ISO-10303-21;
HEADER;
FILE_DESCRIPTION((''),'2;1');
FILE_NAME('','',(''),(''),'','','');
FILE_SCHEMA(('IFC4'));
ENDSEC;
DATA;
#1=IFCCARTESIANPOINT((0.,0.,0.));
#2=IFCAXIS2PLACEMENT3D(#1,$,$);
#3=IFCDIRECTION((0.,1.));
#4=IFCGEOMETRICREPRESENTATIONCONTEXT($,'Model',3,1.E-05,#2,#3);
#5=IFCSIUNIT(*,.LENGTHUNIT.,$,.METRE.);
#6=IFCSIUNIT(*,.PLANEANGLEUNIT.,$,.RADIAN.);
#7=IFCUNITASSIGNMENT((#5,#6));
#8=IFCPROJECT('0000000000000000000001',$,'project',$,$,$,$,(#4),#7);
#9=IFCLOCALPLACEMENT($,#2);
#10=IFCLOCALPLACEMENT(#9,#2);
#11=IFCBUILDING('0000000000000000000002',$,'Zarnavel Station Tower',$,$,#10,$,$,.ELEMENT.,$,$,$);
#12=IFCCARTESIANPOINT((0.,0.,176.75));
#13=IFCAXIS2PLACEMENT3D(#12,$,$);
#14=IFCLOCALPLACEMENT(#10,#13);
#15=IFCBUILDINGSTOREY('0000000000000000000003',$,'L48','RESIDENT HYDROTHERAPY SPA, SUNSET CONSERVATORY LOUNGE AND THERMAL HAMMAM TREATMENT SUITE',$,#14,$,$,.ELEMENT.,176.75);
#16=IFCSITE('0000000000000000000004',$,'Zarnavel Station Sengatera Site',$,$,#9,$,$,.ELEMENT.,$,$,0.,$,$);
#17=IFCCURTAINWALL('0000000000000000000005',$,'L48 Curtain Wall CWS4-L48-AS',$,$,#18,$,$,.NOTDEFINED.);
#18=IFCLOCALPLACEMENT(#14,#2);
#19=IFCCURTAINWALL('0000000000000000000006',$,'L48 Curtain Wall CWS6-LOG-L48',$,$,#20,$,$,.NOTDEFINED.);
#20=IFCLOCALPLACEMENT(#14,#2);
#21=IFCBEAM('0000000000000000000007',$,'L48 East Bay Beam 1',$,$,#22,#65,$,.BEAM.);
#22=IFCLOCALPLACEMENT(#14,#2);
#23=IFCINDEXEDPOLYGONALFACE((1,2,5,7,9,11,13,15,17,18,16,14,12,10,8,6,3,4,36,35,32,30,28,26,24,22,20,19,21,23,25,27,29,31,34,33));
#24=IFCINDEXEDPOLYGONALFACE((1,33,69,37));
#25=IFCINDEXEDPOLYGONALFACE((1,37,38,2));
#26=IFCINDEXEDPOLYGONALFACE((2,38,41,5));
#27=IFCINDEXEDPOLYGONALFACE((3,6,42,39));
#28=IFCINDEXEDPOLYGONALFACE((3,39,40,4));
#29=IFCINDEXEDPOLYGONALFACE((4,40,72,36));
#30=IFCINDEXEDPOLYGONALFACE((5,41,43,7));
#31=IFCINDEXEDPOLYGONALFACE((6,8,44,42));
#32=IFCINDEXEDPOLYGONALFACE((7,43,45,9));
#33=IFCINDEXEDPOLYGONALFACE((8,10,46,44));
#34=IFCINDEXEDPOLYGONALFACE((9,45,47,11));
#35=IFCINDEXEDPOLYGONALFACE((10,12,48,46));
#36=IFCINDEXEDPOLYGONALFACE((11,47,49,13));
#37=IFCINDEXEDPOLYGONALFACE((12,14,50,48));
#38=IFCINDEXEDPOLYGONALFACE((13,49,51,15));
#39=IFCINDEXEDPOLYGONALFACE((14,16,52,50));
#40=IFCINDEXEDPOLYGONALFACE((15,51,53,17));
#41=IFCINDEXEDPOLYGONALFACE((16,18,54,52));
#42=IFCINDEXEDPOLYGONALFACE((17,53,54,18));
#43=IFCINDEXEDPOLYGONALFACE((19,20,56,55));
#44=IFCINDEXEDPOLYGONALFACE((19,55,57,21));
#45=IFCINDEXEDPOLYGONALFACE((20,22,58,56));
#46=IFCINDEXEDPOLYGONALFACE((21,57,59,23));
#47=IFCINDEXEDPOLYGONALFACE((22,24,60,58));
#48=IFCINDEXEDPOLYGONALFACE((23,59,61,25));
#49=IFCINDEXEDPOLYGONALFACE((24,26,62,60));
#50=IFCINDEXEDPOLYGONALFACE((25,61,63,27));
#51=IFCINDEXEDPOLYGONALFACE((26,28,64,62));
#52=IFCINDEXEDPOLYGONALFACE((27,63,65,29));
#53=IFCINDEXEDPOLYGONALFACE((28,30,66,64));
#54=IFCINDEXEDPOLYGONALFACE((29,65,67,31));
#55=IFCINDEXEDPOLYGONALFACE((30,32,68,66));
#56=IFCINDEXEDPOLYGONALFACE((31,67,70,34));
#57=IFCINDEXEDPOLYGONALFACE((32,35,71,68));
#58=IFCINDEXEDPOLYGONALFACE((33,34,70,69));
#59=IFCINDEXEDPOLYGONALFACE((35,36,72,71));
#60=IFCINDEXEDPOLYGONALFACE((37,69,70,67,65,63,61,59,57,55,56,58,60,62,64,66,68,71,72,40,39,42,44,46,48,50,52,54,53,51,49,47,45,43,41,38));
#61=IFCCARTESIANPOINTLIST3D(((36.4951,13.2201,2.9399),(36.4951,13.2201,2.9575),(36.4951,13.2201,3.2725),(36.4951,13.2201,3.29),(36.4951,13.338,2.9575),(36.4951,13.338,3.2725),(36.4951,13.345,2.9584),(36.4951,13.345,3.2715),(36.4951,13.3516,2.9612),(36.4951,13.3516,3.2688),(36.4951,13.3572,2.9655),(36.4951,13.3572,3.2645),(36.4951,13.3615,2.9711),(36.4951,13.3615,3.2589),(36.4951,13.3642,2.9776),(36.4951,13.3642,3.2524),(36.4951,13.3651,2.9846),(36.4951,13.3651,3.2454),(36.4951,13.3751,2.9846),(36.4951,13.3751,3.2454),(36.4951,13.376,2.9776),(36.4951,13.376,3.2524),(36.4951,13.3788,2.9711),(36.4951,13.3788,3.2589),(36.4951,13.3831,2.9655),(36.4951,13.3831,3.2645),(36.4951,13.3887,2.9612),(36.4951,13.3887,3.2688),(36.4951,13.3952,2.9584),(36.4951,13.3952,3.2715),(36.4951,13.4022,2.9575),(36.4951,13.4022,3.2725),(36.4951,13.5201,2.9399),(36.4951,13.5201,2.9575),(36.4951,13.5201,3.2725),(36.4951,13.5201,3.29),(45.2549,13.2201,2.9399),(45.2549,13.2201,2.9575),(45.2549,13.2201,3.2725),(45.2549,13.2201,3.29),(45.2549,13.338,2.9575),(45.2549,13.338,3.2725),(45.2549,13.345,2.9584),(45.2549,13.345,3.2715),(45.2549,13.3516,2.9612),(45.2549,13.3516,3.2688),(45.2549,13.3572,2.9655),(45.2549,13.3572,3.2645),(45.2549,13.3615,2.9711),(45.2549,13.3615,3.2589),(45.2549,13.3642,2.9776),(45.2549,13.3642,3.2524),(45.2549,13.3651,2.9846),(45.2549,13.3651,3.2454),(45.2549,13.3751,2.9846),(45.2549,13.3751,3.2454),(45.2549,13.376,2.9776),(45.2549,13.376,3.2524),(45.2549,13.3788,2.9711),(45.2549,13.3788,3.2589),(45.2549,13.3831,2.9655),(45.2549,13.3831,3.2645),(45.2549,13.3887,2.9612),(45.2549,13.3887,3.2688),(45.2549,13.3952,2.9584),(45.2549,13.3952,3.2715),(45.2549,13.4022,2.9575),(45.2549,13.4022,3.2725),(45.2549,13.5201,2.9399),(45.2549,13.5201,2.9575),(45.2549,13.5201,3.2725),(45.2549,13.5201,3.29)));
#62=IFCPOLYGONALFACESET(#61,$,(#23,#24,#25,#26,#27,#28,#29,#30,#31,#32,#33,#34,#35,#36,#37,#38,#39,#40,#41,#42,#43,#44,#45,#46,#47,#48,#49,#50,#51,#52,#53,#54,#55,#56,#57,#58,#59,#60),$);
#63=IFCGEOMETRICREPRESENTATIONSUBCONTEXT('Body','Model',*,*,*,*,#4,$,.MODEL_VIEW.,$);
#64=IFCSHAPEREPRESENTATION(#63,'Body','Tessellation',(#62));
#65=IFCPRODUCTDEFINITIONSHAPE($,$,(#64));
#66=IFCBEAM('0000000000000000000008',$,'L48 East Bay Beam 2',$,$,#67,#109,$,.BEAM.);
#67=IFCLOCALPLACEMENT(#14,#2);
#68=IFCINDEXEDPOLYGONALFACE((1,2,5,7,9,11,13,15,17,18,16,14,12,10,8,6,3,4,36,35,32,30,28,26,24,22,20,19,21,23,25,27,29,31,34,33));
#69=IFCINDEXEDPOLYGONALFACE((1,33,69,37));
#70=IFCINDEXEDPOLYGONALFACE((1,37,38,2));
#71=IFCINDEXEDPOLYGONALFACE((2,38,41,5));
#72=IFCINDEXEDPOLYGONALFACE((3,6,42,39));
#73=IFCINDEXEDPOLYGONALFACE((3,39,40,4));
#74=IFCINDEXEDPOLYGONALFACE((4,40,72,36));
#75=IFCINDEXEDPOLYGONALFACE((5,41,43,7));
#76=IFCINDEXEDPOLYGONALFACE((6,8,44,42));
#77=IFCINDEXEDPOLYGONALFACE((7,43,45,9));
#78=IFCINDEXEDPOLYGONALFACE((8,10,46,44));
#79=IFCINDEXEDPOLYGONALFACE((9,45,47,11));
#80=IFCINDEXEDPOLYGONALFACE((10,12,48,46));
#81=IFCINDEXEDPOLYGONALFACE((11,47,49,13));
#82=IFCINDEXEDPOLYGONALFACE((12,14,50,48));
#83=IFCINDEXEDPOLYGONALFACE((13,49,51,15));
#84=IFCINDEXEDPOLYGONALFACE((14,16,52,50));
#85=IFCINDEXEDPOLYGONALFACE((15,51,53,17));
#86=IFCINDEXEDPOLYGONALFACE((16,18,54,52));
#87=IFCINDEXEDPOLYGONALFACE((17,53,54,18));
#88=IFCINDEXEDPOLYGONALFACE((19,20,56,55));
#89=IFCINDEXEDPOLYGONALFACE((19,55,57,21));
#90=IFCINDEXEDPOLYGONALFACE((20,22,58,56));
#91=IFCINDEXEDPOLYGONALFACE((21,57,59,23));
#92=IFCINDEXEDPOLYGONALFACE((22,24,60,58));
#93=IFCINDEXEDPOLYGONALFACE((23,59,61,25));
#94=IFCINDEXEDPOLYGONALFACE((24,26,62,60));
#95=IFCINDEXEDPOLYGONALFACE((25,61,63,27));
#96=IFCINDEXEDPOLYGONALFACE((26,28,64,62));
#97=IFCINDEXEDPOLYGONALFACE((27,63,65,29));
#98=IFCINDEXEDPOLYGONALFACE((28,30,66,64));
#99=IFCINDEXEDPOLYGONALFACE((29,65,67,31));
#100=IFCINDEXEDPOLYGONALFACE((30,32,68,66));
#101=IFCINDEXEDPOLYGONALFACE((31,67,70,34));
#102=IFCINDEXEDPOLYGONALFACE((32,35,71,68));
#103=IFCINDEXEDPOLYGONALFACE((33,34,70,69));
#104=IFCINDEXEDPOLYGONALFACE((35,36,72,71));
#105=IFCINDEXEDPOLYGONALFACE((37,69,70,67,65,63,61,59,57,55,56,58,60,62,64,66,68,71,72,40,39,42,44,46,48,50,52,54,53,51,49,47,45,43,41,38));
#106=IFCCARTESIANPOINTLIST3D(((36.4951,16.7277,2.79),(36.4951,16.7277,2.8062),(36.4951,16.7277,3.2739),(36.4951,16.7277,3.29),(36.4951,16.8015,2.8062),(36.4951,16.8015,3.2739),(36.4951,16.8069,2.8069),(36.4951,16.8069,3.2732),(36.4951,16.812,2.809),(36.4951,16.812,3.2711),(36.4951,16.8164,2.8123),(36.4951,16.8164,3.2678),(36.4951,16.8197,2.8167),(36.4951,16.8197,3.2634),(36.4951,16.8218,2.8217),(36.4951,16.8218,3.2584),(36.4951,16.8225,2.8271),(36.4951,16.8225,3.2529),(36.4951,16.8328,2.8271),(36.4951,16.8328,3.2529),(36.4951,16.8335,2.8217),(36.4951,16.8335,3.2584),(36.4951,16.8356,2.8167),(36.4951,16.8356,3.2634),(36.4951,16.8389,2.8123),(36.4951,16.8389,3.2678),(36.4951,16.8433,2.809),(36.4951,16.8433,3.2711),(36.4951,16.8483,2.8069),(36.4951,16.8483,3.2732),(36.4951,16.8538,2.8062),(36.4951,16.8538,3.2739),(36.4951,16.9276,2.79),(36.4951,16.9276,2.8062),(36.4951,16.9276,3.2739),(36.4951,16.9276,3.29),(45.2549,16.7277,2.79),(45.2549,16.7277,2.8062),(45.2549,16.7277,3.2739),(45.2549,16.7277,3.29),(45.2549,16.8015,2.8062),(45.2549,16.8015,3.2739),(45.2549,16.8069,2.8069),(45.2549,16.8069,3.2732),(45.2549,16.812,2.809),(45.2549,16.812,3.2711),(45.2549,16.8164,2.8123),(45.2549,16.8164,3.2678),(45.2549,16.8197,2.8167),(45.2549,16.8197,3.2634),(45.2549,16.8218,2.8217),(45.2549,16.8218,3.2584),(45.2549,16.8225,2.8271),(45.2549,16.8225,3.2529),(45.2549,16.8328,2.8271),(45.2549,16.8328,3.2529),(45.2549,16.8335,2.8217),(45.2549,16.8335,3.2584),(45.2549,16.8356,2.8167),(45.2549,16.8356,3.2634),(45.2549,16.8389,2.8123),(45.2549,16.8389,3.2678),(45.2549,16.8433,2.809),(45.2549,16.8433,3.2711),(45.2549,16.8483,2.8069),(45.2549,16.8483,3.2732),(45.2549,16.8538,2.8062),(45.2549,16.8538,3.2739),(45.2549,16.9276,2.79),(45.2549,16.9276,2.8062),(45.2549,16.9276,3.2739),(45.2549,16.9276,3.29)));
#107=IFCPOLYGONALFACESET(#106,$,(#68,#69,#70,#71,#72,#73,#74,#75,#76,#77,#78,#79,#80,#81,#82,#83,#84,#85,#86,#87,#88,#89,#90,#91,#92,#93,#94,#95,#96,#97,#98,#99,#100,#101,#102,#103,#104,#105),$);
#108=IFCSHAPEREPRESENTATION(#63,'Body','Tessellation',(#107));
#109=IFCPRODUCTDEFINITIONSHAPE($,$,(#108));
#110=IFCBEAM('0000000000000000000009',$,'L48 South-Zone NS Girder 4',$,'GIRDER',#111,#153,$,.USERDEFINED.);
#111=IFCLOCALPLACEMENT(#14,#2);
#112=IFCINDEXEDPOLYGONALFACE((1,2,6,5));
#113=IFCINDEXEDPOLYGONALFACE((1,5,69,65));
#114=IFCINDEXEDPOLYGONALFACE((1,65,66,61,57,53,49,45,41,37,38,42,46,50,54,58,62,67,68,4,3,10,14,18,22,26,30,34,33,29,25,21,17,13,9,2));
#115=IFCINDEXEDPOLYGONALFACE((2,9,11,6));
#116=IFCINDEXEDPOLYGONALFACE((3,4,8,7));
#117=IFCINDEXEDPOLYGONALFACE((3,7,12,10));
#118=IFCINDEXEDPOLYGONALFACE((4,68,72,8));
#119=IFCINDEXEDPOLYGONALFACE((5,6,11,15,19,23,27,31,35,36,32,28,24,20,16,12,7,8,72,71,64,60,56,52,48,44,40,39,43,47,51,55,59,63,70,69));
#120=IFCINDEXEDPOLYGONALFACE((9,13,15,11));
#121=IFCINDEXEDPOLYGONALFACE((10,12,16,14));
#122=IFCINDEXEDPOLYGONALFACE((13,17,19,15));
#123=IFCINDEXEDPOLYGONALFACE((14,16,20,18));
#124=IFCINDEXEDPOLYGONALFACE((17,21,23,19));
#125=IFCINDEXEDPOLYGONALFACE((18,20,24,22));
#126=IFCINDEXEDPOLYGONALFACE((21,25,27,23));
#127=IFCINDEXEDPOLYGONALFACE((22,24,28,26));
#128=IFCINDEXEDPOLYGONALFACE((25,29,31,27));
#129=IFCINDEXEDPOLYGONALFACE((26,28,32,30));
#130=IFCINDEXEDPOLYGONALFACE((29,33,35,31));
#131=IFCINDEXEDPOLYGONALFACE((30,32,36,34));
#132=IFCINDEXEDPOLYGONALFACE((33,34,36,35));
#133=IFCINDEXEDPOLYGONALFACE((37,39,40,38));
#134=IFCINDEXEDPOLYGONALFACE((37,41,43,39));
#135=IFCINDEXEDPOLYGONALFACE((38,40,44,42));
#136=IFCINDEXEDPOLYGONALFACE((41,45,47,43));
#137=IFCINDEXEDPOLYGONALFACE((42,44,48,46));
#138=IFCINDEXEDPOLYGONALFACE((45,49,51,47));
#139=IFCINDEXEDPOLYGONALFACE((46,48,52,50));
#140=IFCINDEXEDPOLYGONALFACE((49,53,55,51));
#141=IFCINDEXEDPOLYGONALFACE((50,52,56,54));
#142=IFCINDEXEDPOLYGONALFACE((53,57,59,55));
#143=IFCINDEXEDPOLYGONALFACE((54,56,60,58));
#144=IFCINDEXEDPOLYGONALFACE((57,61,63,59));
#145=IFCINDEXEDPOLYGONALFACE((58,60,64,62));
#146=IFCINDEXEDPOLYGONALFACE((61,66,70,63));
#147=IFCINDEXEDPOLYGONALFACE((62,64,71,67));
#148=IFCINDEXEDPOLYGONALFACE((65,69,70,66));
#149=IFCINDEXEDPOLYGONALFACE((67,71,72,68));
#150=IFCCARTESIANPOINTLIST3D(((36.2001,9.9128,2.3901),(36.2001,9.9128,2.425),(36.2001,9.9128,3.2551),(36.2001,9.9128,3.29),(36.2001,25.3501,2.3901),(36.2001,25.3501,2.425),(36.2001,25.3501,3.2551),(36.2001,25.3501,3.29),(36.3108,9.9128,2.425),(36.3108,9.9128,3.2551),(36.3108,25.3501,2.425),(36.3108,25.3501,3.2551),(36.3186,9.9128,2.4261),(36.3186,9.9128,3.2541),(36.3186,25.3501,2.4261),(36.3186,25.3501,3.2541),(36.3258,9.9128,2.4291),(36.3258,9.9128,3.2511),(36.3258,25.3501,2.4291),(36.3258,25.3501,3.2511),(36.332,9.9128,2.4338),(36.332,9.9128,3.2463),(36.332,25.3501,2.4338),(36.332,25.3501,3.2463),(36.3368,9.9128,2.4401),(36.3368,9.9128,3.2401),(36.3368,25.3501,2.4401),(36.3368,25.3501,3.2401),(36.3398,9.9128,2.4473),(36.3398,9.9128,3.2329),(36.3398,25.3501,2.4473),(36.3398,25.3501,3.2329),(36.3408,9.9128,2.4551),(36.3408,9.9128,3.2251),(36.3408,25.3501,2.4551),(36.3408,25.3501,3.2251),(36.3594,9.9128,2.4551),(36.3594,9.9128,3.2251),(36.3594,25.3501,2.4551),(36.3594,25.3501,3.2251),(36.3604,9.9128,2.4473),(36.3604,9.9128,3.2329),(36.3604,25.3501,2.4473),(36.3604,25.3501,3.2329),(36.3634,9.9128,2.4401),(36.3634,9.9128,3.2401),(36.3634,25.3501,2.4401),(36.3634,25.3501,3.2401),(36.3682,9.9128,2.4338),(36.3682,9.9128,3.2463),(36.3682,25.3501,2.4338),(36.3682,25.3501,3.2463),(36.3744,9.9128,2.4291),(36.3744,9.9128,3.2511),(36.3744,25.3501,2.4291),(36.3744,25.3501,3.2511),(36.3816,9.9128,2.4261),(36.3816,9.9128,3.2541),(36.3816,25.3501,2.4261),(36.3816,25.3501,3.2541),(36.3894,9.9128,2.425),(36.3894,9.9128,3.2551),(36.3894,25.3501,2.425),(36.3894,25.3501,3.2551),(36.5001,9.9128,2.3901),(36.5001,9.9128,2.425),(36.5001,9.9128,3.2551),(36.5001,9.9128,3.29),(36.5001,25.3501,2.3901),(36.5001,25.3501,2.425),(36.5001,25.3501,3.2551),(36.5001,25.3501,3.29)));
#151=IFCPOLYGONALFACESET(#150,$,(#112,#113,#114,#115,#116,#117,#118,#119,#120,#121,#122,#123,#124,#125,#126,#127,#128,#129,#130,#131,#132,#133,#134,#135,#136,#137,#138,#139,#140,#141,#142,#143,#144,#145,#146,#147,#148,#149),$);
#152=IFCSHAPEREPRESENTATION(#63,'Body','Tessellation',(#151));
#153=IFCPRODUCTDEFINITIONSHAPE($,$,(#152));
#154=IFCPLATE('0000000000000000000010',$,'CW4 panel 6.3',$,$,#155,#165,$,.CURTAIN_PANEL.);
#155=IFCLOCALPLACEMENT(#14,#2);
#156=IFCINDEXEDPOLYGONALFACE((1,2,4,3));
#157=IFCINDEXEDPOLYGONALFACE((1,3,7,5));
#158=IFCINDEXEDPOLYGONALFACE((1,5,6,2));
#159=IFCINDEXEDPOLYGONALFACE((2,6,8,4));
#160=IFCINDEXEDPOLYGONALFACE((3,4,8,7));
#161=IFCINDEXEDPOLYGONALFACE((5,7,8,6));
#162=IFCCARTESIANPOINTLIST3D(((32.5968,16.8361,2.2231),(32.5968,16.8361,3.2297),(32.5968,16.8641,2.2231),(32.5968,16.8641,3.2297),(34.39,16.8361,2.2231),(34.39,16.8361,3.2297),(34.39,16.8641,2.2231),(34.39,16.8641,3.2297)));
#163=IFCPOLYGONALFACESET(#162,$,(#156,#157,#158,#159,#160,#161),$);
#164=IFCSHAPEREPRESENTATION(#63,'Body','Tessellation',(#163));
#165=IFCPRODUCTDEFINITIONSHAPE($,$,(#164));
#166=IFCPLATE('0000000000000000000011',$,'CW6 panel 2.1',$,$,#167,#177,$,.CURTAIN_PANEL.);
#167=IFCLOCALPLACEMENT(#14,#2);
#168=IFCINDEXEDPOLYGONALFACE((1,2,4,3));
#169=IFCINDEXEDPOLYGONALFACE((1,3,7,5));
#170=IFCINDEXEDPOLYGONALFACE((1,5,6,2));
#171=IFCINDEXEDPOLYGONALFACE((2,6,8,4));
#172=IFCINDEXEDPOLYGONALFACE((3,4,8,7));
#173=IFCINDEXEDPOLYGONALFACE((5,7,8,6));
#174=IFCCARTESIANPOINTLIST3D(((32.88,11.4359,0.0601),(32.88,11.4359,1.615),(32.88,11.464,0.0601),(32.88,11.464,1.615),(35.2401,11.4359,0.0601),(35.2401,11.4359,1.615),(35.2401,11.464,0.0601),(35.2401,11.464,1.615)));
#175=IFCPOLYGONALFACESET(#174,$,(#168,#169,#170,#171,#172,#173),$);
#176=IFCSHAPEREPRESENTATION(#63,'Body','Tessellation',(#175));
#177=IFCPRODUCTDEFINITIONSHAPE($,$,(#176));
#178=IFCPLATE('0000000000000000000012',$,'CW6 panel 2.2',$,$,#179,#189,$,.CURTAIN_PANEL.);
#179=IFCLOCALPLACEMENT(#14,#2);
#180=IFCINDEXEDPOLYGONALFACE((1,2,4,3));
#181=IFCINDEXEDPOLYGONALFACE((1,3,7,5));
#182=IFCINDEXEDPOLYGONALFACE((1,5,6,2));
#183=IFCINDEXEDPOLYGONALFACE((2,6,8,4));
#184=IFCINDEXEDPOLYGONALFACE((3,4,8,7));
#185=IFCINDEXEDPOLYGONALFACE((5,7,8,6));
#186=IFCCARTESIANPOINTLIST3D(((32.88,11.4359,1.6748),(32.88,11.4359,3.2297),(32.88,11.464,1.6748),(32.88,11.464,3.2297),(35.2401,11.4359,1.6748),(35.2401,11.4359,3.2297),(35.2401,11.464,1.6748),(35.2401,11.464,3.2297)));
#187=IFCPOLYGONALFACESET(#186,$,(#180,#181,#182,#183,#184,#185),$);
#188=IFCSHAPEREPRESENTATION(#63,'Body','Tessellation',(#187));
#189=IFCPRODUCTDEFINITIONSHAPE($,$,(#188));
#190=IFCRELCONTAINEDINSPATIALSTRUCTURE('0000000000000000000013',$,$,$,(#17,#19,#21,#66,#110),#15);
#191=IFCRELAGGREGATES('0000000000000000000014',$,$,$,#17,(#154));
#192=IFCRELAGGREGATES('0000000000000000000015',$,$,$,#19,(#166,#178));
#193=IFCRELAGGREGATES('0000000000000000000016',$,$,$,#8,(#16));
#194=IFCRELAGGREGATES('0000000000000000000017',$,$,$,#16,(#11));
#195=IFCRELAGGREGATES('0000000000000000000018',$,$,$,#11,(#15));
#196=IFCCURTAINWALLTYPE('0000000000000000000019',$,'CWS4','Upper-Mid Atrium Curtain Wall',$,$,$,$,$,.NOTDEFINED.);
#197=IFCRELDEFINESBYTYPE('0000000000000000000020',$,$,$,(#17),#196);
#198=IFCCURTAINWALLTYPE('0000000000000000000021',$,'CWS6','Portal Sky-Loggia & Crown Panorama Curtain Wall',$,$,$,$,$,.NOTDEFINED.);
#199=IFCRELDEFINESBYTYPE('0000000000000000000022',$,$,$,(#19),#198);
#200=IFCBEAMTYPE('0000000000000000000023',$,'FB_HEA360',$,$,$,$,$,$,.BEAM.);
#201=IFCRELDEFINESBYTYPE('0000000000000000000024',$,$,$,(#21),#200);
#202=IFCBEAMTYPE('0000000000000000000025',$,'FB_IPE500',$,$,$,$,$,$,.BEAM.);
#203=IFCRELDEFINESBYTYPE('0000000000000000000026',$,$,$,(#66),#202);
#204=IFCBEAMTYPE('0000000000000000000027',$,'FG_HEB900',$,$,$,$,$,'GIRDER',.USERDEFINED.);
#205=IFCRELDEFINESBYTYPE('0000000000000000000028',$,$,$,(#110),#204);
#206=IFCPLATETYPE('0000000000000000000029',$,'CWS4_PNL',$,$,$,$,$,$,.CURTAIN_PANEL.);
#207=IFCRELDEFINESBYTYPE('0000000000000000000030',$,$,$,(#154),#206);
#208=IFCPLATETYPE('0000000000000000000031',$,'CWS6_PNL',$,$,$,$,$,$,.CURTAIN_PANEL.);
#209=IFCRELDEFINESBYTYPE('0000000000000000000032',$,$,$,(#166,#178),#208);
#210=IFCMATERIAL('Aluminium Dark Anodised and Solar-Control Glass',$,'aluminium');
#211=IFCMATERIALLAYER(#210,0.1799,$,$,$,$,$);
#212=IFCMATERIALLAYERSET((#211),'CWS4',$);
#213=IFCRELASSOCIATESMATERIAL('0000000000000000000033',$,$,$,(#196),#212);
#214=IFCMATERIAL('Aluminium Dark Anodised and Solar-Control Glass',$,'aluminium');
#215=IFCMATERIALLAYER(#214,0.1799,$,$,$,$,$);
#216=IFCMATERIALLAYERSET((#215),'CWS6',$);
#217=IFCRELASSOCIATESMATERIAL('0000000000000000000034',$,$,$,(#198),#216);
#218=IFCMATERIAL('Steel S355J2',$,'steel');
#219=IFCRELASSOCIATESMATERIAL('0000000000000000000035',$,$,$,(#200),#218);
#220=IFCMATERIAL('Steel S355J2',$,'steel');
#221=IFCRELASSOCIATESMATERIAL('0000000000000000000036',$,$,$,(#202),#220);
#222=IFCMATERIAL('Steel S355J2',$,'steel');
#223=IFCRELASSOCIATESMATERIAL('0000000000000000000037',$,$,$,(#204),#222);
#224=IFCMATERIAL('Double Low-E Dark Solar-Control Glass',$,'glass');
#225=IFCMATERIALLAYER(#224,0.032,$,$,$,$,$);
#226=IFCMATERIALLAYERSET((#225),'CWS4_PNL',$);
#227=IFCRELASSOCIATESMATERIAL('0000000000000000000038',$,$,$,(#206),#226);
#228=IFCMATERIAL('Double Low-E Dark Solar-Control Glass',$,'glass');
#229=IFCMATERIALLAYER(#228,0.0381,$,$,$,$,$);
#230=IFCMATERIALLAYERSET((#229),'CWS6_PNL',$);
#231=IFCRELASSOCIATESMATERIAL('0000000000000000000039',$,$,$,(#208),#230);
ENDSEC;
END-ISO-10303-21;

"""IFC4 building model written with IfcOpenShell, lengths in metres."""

from ifc_helpers import new_model, si_unit, direction, frame, origin, origin_2d, place, context, subcontext, project, spatial, rectangle, i_section, extrude, material, layer, layer_set, material_profile, profile_set, type_object, element, aggregate, save


model = new_model("IFC4")

# Units and contexts
model_context = context("Model", 3, precision=1e-05, world=origin(), true_north=direction((0.0, 1.0)))
body_context = subcontext(model_context, "Body", "Model", "MODEL_VIEW")
ifc_project = project(units=[si_unit("LENGTHUNIT", "METRE"), si_unit("PLANEANGLEUNIT", "RADIAN")], contexts=[model_context])

# Site, building, storey
site_placement = place(None, origin())
site = spatial("IfcSite", under=ifc_project, at=site_placement, Name="Zarnavel Station Sengatera Site", CompositionType="ELEMENT", RefElevation=0.0)
building_placement = place(site_placement, origin())
building = spatial("IfcBuilding", under=site, at=building_placement, Name="Zarnavel Station Tower", CompositionType="ELEMENT")
storey_placement = place(building_placement, frame((0.0, 0.0, 176.75)))
storey = spatial("IfcBuildingStorey", under=building, at=storey_placement, Name="L48", Description="RESIDENT HYDROTHERAPY SPA, SUNSET CONSERVATORY LOUNGE AND THERMAL HAMMAM TREATMENT SUITE", CompositionType="ELEMENT", Elevation=176.75)

# Curtain walls
ifc_material_1 = material(Name="Aluminium Dark Anodised and Solar-Control Glass", Category="aluminium")
ifc_layer_1 = layer(ifc_material_1, 0.1799)
ifc_layer_set_1 = layer_set([ifc_layer_1], Name="CWS4")
curtain_wall_type_1 = type_object("IfcCurtainWallType", Name="CWS4", Description="Upper-Mid Atrium Curtain Wall", PredefinedType="NOTDEFINED", material=ifc_layer_set_1)
curtain_wall_1_placement = place(storey_placement, origin())
curtain_wall_1 = element("IfcCurtainWall", 1, at=curtain_wall_1_placement, inside=storey, type_object=curtain_wall_type_1, Name="L48 Curtain Wall CWS4-L48-AS", PredefinedType="NOTDEFINED")
ifc_material_2 = material(Name="Aluminium Dark Anodised and Solar-Control Glass", Category="aluminium")
ifc_layer_2 = layer(ifc_material_2, 0.1799)
ifc_layer_set_2 = layer_set([ifc_layer_2], Name="CWS6")
curtain_wall_type_2 = type_object("IfcCurtainWallType", Name="CWS6", Description="Portal Sky-Loggia & Crown Panorama Curtain Wall", PredefinedType="NOTDEFINED", material=ifc_layer_set_2)
curtain_wall_2_placement = place(storey_placement, origin())
curtain_wall_2 = element("IfcCurtainWall", 2, at=curtain_wall_2_placement, inside=storey, type_object=curtain_wall_type_2, Name="L48 Curtain Wall CWS6-LOG-L48", PredefinedType="NOTDEFINED")

# Beams
ifc_material_3 = material(Name="Steel S355J2", Category="steel")
ifc_material_profile_1 = material_profile(ifc_material_3, i_section(OverallWidth=0.3, OverallDepth=0.3501, WebThickness=0.01, FlangeThickness=0.0176, FilletRadius=0.0271, at=origin_2d()), Name="HEA360")
ifc_profile_set_1 = profile_set([ifc_material_profile_1], Name="Steel S355J2")
beam_type_1 = type_object("IfcBeamType", Name="FB_HEA360", PredefinedType="BEAM", material=ifc_profile_set_1)
beam_1_placement = place(storey_placement, frame((36.4951, 13.3701, 3.115), z_axis=(1.0, 0.0, 0.0), x_axis=(0.0, 1.0, 0.0)))
element("IfcBeam", 3, at=beam_1_placement, inside=storey, type_object=beam_type_1, Name="L48 East Bay Beam 1", PredefinedType="BEAM", context=body_context, shape_type="SweptSolid", body=[
    extrude(i_section(OverallWidth=0.3, OverallDepth=0.3501, WebThickness=0.01, FlangeThickness=0.0176, FilletRadius=0.0271, at=origin_2d()), origin(), (0.0, 0.0, 1.0), 8.7598),
])
ifc_material_4 = material(Name="Steel S355J2", Category="steel")
ifc_material_profile_2 = material_profile(ifc_material_4, i_section(OverallWidth=0.2, OverallDepth=0.5, WebThickness=0.0103, FlangeThickness=0.0161, FilletRadius=0.021, at=origin_2d()), Name="IPE500")
ifc_profile_set_2 = profile_set([ifc_material_profile_2], Name="Steel S355J2")
beam_type_2 = type_object("IfcBeamType", Name="FB_IPE500", PredefinedType="BEAM", material=ifc_profile_set_2)
beam_2_placement = place(storey_placement, frame((36.4951, 16.8276, 3.04), z_axis=(1.0, 0.0, 0.0), x_axis=(0.0, 1.0, 0.0)))
element("IfcBeam", 4, at=beam_2_placement, inside=storey, type_object=beam_type_2, Name="L48 East Bay Beam 2", PredefinedType="BEAM", context=body_context, shape_type="SweptSolid", body=[
    extrude(i_section(OverallWidth=0.2, OverallDepth=0.5, WebThickness=0.0103, FlangeThickness=0.0161, FilletRadius=0.021, at=origin_2d()), origin(), (0.0, 0.0, 1.0), 8.7598),
])
ifc_material_5 = material(Name="Steel S355J2", Category="steel")
ifc_material_profile_3 = material_profile(ifc_material_5, i_section(OverallWidth=0.3, OverallDepth=0.8999, WebThickness=0.0186, FlangeThickness=0.0349, FilletRadius=0.03, at=origin_2d()), Name="HEB900")
ifc_profile_set_3 = profile_set([ifc_material_profile_3], Name="Steel S355J2")
beam_type_3 = type_object("IfcBeamType", Name="FG_HEB900", ElementType="GIRDER", PredefinedType="USERDEFINED", material=ifc_profile_set_3)
beam_3_placement = place(storey_placement, frame((36.3501, 9.9128, 2.8401), z_axis=(0.0, 1.0, 0.0), x_axis=(-1.0, 0.0, 0.0)))
element("IfcBeam", 5, at=beam_3_placement, inside=storey, type_object=beam_type_3, Name="L48 South-Zone NS Girder 4", ObjectType="GIRDER", PredefinedType="USERDEFINED", context=body_context, shape_type="SweptSolid", body=[
    extrude(i_section(OverallWidth=0.3, OverallDepth=0.8999, WebThickness=0.0186, FlangeThickness=0.0349, FilletRadius=0.03, at=origin_2d()), origin(), (0.0, 0.0, 1.0), 15.4373),
])

# Plates
ifc_material_6 = material(Name="Double Low-E Dark Solar-Control Glass", Category="glass")
ifc_layer_3 = layer(ifc_material_6, 0.032)
ifc_layer_set_3 = layer_set([ifc_layer_3], Name="CWS4_PNL")
plate_type_1 = type_object("IfcPlateType", Name="CWS4_PNL", PredefinedType="CURTAIN_PANEL", material=ifc_layer_set_3)
plate_1_placement = place(storey_placement, frame((33.4934, 16.8501, 2.2231), z_axis=(0.0, 0.0, 1.0), x_axis=(1.0, 0.0, 0.0)))
plate_1 = element("IfcPlate", 6, at=plate_1_placement, type_object=plate_type_1, Name="CW4 panel 6.3", PredefinedType="CURTAIN_PANEL", context=body_context, shape_type="SweptSolid", body=[
    extrude(rectangle(XDim=1.7932, YDim=0.0281, at=origin_2d()), origin(), (0.0, 0.0, 1.0), 1.0066),
])
aggregate(curtain_wall_1, [plate_1])
ifc_material_7 = material(Name="Double Low-E Dark Solar-Control Glass", Category="glass")
ifc_layer_4 = layer(ifc_material_7, 0.0381)
ifc_layer_set_4 = layer_set([ifc_layer_4], Name="CWS6_PNL")
plate_type_2 = type_object("IfcPlateType", Name="CWS6_PNL", PredefinedType="CURTAIN_PANEL", material=ifc_layer_set_4)
plate_2_placement = place(storey_placement, frame((34.0601, 11.45, 0.0601), z_axis=(0.0, 0.0, 1.0), x_axis=(1.0, 0.0, 0.0)))
plate_2 = element("IfcPlate", 7, at=plate_2_placement, type_object=plate_type_2, Name="CW6 panel 2.1", PredefinedType="CURTAIN_PANEL", context=body_context, shape_type="SweptSolid", body=[
    extrude(rectangle(XDim=2.3601, YDim=0.0281, at=origin_2d()), origin(), (0.0, 0.0, 1.0), 1.5549),
])
plate_3_placement = place(storey_placement, frame((34.0601, 11.45, 1.6748), z_axis=(0.0, 0.0, 1.0), x_axis=(1.0, 0.0, 0.0)))
plate_3 = element("IfcPlate", 8, at=plate_3_placement, type_object=plate_type_2, Name="CW6 panel 2.2", PredefinedType="CURTAIN_PANEL", context=body_context, shape_type="SweptSolid", body=[
    extrude(rectangle(XDim=2.3601, YDim=0.0281, at=origin_2d()), origin(), (0.0, 0.0, 1.0), 1.5549),
])
aggregate(curtain_wall_2, [plate_2, plate_3])

save(model, "model.ifc")
